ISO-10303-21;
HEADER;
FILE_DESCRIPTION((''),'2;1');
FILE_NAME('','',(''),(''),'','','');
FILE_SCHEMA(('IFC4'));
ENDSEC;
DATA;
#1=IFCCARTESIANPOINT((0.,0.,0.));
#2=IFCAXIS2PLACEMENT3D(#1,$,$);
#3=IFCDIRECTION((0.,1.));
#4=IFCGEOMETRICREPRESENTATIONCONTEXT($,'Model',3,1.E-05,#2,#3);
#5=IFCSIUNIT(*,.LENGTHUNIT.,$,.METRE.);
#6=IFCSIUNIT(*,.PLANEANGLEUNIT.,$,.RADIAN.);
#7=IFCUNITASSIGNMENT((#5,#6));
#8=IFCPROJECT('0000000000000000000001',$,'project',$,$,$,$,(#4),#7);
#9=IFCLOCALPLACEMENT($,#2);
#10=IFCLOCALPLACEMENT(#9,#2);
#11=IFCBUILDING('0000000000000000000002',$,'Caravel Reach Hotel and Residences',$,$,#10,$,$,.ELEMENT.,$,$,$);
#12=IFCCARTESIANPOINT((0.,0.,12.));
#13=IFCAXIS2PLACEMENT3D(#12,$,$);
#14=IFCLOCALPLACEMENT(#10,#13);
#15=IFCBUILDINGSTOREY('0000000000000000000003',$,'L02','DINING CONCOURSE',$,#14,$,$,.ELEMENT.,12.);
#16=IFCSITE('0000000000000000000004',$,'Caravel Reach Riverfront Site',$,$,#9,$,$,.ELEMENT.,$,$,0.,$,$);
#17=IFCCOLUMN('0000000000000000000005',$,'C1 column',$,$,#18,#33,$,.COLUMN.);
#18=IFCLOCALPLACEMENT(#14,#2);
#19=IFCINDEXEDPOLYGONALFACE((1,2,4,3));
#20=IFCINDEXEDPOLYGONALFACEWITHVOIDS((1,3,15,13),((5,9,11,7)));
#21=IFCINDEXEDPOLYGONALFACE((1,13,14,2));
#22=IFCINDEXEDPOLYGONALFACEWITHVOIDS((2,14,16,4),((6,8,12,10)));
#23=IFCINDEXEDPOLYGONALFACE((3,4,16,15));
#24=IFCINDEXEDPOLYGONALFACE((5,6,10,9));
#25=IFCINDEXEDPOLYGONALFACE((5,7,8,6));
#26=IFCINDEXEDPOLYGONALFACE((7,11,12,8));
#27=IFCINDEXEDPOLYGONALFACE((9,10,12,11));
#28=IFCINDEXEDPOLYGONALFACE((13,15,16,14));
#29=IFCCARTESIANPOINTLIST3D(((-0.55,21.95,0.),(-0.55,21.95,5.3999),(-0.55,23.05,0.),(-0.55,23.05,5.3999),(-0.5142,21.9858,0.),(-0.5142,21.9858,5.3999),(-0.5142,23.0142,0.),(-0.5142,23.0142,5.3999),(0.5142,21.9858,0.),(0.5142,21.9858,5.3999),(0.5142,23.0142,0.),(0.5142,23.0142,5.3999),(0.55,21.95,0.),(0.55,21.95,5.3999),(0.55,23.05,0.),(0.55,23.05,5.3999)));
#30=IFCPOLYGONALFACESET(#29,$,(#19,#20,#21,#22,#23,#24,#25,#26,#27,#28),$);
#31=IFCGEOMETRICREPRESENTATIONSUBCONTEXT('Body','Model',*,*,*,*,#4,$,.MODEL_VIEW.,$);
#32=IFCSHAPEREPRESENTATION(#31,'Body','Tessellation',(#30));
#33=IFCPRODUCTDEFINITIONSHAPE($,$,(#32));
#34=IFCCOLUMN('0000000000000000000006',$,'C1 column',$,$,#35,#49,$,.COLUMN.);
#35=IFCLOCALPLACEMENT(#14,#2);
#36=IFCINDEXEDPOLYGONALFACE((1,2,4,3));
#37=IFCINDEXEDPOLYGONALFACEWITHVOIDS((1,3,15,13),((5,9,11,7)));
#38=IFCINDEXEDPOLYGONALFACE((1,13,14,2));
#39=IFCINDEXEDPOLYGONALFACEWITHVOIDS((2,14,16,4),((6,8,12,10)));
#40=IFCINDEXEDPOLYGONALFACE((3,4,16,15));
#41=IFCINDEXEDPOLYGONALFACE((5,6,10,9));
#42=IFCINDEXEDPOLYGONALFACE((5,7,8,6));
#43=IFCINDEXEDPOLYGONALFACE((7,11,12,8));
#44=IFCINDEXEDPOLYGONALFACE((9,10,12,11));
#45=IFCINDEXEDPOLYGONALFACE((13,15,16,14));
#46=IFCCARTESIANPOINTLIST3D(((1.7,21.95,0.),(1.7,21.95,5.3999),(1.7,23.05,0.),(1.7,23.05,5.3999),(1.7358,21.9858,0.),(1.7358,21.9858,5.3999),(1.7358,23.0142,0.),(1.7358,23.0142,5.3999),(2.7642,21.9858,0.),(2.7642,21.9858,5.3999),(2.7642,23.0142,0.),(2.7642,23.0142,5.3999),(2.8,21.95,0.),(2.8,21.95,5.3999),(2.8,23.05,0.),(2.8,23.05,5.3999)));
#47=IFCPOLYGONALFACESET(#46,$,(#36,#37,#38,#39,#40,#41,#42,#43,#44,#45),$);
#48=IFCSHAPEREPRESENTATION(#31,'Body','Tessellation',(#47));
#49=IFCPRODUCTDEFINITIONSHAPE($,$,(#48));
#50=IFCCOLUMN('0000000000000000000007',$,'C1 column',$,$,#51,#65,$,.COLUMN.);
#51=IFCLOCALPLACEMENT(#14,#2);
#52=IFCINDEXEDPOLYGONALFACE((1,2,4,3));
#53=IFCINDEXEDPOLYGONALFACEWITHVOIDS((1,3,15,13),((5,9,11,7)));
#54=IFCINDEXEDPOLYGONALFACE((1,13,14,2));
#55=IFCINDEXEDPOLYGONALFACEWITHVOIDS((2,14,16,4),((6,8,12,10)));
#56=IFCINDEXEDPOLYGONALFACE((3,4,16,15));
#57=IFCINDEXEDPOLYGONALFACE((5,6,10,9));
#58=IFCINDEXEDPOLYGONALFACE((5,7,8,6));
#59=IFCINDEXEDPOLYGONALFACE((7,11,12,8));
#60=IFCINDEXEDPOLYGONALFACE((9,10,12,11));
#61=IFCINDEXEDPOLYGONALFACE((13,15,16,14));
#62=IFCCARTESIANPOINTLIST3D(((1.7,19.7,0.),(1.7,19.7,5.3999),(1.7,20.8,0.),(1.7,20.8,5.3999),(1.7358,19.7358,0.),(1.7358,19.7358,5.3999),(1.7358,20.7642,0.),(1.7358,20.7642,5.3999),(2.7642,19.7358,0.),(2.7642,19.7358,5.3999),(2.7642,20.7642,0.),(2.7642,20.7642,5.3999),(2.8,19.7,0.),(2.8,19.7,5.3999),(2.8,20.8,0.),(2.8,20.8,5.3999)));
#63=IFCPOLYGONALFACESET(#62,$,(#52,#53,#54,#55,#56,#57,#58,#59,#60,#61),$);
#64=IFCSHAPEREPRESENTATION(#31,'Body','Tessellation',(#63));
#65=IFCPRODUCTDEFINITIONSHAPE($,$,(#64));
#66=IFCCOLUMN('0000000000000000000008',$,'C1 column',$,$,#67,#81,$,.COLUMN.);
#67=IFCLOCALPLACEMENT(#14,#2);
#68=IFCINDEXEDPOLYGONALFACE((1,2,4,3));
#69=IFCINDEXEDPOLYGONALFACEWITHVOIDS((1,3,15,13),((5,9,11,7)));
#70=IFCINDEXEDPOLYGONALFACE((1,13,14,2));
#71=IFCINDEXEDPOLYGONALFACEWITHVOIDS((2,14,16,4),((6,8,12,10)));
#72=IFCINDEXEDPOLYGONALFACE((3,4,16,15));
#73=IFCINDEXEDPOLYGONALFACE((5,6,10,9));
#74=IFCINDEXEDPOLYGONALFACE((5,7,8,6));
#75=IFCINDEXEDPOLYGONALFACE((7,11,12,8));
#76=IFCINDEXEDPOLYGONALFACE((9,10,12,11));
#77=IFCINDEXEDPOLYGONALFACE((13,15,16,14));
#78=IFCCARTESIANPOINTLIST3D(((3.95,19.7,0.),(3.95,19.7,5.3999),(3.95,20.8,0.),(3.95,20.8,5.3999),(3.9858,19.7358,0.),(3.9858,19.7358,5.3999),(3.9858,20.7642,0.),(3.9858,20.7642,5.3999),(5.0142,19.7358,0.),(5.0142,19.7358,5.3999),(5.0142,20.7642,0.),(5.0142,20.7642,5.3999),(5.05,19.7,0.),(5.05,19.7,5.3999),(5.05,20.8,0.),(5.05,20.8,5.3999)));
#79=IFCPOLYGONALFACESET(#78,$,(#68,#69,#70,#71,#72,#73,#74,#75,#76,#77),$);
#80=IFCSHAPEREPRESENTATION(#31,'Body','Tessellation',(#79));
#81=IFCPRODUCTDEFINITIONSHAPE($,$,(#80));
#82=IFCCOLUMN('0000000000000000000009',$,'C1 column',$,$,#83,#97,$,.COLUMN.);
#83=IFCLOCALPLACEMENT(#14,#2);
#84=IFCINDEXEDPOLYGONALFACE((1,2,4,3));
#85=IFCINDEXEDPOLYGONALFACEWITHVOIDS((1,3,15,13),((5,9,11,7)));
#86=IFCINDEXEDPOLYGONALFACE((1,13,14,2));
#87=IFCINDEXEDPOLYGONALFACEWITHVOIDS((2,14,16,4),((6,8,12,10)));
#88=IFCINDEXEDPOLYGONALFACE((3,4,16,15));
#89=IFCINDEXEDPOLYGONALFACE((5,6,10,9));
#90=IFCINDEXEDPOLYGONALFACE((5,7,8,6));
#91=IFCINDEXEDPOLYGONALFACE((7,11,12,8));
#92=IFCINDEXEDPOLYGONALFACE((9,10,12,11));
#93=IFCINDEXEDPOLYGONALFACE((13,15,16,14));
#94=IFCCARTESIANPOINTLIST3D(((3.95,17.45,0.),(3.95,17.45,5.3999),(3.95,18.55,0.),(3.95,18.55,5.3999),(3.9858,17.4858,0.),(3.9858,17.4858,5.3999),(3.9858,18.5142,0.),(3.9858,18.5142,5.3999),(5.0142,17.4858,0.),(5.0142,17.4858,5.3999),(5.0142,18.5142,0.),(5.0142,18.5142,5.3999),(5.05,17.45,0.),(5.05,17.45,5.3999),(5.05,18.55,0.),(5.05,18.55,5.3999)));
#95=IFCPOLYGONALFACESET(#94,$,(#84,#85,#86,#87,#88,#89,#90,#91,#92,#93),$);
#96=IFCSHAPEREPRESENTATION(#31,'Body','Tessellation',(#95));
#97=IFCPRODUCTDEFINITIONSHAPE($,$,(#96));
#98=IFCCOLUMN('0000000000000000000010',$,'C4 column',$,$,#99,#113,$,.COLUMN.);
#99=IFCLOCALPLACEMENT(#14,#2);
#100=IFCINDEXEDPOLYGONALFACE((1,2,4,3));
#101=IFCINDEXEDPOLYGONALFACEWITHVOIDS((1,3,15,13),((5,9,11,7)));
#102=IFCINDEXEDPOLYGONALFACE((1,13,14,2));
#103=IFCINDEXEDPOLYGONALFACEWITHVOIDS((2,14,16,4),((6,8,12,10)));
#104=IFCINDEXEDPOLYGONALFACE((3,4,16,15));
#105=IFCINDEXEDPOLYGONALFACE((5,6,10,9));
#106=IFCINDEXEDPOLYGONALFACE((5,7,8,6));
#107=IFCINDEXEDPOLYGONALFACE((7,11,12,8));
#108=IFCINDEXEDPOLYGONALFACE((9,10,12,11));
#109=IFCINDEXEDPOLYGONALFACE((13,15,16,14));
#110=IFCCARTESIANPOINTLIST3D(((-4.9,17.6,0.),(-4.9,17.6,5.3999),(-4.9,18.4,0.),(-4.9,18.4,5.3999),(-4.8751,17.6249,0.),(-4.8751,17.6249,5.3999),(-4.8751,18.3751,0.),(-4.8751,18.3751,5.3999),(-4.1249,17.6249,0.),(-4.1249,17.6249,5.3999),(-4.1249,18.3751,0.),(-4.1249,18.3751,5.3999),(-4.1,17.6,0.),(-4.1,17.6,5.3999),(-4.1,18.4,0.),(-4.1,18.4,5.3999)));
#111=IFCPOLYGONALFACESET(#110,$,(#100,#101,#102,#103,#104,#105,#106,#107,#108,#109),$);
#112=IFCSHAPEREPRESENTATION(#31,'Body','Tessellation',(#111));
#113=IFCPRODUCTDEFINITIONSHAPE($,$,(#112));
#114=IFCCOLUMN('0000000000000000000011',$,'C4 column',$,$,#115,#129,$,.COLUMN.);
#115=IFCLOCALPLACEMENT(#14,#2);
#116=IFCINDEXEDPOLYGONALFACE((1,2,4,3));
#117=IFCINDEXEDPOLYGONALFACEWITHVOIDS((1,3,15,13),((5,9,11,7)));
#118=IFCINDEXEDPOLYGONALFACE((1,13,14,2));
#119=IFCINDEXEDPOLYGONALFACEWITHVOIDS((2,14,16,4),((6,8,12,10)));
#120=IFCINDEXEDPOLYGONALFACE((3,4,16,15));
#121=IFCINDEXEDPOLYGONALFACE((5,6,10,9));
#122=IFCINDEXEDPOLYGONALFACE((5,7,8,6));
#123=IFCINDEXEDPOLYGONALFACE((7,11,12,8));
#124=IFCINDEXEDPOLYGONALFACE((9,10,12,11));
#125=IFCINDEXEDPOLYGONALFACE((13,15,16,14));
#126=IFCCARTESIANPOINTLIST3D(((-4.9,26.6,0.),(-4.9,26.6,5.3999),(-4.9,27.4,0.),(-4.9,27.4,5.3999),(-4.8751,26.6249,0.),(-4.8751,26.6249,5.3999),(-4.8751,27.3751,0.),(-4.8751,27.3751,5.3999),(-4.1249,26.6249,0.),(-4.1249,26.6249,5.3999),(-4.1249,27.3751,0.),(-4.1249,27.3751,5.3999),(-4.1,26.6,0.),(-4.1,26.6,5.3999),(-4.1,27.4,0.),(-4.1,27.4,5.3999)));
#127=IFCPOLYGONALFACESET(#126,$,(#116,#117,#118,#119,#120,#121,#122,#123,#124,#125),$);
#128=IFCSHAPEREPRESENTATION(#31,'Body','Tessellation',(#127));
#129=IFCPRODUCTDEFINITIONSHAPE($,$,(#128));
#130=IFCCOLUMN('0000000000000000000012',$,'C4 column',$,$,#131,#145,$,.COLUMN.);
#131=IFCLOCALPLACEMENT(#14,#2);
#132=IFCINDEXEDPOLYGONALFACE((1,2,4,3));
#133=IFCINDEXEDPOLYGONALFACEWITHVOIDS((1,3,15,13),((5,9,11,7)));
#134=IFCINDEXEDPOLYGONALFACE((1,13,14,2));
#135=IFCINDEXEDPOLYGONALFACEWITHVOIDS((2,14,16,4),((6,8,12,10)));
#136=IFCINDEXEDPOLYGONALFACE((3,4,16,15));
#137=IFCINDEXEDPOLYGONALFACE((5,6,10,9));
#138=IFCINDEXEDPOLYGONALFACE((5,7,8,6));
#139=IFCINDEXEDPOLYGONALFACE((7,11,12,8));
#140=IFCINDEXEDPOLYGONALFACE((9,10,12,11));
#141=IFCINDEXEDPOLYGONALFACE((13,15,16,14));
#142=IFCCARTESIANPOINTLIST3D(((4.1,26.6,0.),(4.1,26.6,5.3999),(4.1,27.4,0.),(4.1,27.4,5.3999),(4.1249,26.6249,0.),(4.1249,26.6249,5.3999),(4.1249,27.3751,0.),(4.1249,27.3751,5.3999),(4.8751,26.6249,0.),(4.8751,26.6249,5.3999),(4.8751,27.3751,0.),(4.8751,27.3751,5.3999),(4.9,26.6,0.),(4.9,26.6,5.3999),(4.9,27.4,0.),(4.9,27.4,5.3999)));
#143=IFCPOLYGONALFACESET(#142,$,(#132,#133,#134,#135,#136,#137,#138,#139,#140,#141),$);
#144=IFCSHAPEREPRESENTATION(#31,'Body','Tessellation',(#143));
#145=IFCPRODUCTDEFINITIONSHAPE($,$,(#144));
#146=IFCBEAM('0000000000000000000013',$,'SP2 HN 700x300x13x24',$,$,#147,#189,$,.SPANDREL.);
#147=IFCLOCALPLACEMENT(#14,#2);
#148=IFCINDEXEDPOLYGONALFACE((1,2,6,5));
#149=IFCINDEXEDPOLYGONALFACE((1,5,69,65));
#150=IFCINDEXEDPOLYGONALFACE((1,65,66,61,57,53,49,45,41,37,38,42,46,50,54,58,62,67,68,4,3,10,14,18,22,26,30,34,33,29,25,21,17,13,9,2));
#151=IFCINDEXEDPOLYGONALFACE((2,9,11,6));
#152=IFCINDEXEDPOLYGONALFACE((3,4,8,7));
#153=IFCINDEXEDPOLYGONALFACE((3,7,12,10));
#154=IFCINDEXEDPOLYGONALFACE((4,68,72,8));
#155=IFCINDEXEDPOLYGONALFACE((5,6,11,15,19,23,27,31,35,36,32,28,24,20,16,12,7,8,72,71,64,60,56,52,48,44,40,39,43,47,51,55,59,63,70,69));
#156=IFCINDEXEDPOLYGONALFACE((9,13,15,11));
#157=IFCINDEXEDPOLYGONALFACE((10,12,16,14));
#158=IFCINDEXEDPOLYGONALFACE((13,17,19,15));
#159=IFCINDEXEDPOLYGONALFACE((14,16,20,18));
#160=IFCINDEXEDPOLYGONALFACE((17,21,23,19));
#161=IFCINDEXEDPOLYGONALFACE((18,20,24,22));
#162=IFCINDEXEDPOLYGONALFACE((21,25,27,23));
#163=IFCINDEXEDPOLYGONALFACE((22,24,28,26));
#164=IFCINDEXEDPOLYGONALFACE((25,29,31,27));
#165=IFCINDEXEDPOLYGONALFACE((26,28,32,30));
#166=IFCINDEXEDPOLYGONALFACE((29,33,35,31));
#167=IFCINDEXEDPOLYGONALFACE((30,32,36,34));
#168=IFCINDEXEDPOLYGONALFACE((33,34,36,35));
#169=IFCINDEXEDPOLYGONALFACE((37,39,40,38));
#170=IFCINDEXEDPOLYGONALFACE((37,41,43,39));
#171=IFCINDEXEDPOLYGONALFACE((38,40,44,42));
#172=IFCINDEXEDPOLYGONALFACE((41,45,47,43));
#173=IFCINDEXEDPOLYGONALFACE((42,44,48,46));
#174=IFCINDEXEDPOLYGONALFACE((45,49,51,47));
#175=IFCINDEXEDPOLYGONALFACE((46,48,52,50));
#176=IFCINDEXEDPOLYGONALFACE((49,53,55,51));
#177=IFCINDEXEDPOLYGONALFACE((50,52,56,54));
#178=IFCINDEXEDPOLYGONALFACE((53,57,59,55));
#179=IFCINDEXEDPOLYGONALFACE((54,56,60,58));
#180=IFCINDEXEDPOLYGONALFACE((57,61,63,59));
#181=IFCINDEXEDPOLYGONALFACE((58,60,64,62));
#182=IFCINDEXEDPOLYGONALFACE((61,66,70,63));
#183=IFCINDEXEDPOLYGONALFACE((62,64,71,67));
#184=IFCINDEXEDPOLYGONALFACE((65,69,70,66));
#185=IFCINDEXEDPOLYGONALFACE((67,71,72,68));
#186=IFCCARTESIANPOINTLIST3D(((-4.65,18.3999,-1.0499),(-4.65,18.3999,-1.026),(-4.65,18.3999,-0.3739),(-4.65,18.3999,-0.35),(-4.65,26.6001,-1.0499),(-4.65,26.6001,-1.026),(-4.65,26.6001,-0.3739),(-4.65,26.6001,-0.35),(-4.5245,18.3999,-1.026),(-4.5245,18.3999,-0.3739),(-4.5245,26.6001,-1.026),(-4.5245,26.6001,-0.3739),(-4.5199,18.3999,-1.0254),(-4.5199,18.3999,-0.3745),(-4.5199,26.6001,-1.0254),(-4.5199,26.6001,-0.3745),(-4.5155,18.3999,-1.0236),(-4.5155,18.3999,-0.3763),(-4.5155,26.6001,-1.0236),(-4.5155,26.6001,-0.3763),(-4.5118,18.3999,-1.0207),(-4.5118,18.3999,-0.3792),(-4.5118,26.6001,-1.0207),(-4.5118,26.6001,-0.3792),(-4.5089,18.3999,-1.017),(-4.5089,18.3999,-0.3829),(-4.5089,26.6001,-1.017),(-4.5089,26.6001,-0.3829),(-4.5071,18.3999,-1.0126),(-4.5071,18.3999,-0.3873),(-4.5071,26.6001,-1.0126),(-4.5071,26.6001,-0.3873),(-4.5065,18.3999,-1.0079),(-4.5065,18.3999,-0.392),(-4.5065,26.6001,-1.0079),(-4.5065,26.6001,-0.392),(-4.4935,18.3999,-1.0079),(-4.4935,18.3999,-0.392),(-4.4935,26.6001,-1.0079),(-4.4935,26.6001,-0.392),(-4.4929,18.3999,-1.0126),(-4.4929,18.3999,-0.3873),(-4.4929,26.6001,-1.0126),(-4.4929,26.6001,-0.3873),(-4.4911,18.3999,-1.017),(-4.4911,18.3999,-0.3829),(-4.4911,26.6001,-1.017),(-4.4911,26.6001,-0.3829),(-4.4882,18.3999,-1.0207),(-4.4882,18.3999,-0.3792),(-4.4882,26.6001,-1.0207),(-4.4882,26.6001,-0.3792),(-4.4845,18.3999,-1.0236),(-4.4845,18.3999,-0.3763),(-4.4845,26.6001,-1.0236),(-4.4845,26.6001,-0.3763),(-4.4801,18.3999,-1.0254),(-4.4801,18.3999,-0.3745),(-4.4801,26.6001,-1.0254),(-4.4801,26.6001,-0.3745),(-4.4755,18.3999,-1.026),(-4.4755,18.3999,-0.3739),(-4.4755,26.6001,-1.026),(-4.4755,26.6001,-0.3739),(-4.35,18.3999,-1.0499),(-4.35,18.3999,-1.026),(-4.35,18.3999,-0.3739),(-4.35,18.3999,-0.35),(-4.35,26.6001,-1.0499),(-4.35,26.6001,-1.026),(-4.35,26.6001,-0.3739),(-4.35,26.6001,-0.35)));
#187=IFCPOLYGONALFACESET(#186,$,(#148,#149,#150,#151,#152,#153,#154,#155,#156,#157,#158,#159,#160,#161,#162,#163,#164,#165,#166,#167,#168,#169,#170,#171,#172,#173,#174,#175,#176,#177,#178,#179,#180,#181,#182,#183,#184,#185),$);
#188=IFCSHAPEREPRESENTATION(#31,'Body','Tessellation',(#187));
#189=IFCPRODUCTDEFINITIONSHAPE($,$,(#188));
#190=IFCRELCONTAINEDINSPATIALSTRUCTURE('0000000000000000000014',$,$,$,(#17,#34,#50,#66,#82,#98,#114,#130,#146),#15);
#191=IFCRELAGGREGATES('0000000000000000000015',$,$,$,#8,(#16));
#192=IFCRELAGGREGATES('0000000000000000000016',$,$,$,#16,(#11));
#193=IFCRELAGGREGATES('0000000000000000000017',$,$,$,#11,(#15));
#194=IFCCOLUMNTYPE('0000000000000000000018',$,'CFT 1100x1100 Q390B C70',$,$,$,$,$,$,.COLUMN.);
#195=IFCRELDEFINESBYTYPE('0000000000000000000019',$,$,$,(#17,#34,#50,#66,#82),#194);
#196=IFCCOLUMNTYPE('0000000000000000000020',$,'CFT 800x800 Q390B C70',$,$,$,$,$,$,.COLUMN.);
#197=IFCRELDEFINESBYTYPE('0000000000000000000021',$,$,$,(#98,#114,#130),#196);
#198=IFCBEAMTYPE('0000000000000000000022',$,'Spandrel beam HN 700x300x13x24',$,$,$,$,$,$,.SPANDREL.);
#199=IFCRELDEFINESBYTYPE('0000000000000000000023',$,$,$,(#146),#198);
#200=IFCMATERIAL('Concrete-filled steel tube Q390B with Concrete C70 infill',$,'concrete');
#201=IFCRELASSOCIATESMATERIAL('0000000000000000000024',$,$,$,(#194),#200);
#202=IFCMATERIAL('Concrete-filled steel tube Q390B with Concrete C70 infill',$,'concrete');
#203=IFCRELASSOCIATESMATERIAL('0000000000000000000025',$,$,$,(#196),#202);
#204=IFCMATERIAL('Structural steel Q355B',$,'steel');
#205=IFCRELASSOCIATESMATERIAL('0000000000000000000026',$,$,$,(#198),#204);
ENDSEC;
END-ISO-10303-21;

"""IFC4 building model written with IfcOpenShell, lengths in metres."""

from ifc_helpers import new_model, si_unit, direction, frame, origin, origin_2d, place, context, subcontext, project, spatial, hollow_rectangle, i_section, extrude, material, material_profile, profile_set, type_object, element, save


model = new_model("IFC4")

# Units and contexts
model_context = context("Model", 3, precision=1e-05, world=origin(), true_north=direction((0.0, 1.0)))
body_context = subcontext(model_context, "Body", "Model", "MODEL_VIEW")
ifc_project = project(units=[si_unit("LENGTHUNIT", "METRE"), si_unit("PLANEANGLEUNIT", "RADIAN")], contexts=[model_context])

# Site, building, storey
site_placement = place(None, origin())
site = spatial("IfcSite", under=ifc_project, at=site_placement, Name="Caravel Reach Riverfront Site", CompositionType="ELEMENT", RefElevation=0.0)
building_placement = place(site_placement, origin())
building = spatial("IfcBuilding", under=site, at=building_placement, Name="Caravel Reach Hotel and Residences", CompositionType="ELEMENT")
storey_placement = place(building_placement, frame((0.0, 0.0, 12.0)))
storey = spatial("IfcBuildingStorey", under=building, at=storey_placement, Name="L02", Description="DINING CONCOURSE", CompositionType="ELEMENT", Elevation=12.0)

# Columns
ifc_material_1 = material(Name="Concrete-filled steel tube Q390B with Concrete C70 infill", Category="concrete")
ifc_material_profile_1 = material_profile(ifc_material_1, hollow_rectangle(XDim=1.1001, YDim=1.1001, WallThickness=0.0359, at=origin_2d()), Name="RHS 1100x1100x36")
ifc_profile_set_1 = profile_set([ifc_material_profile_1], Name="Concrete-filled steel tube Q390B with Concrete C70 infill")
column_type_1 = type_object("IfcColumnType", Name="CFT 1100x1100 Q390B C70", PredefinedType="COLUMN", material=ifc_profile_set_1)
for number, where, z_axis, x_axis, name in (
    (1, (0.0, 22.5, 0.0), (0.0, 0.0, 1.0), (1.0, 0.0, 0.0), "C1 column"),
    (2, (2.25, 22.5, 0.0), (0.0, 0.0, 1.0), (1.0, 0.0, 0.0), "C1 column"),
    (3, (2.25, 20.25, 0.0), (0.0, 0.0, 1.0), (1.0, 0.0, 0.0), "C1 column"),
    (4, (4.5, 20.25, 0.0), (0.0, 0.0, 1.0), (1.0, 0.0, 0.0), "C1 column"),
    (5, (4.5, 18.0, 0.0), (0.0, 0.0, 1.0), (1.0, 0.0, 0.0), "C1 column"),
):
    element("IfcColumn", number, at=place(storey_placement, frame(where, z_axis=z_axis, x_axis=x_axis)), inside=storey, type_object=column_type_1, Name=name, PredefinedType="COLUMN", context=body_context, shape_type="SweptSolid", body=[
        extrude(hollow_rectangle(XDim=1.1001, YDim=1.1001, WallThickness=0.0359, at=origin_2d()), origin(), (0.0, 0.0, 1.0), 5.3999),
    ])
ifc_material_2 = material(Name="Concrete-filled steel tube Q390B with Concrete C70 infill", Category="concrete")
ifc_material_profile_2 = material_profile(ifc_material_2, hollow_rectangle(XDim=0.8, YDim=0.8, WallThickness=0.0249, at=origin_2d()), Name="RHS 800x800x25")
ifc_profile_set_2 = profile_set([ifc_material_profile_2], Name="Concrete-filled steel tube Q390B with Concrete C70 infill")
column_type_2 = type_object("IfcColumnType", Name="CFT 800x800 Q390B C70", PredefinedType="COLUMN", material=ifc_profile_set_2)
for number, where, z_axis, x_axis, name in (
    (6, (-4.5, 18.0, 0.0), (0.0, 0.0, 1.0), (1.0, 0.0, 0.0), "C4 column"),
    (7, (-4.5, 27.0, 0.0), (0.0, 0.0, 1.0), (1.0, 0.0, 0.0), "C4 column"),
    (8, (4.5, 27.0, 0.0), (0.0, 0.0, 1.0), (1.0, 0.0, 0.0), "C4 column"),
):
    element("IfcColumn", number, at=place(storey_placement, frame(where, z_axis=z_axis, x_axis=x_axis)), inside=storey, type_object=column_type_2, Name=name, PredefinedType="COLUMN", context=body_context, shape_type="SweptSolid", body=[
        extrude(hollow_rectangle(XDim=0.8, YDim=0.8, WallThickness=0.0249, at=origin_2d()), origin(), (0.0, 0.0, 1.0), 5.3999),
    ])

# Beam
ifc_material_3 = material(Name="Structural steel Q355B", Category="steel")
ifc_material_profile_3 = material_profile(ifc_material_3, i_section(OverallWidth=0.3, OverallDepth=0.7, WebThickness=0.0129, FlangeThickness=0.0239, FilletRadius=0.0181, at=origin_2d()), Name="HN 700x300x13x24")
ifc_profile_set_3 = profile_set([ifc_material_profile_3], Name="Structural steel Q355B")
beam_type = type_object("IfcBeamType", Name="Spandrel beam HN 700x300x13x24", PredefinedType="SPANDREL", material=ifc_profile_set_3)
for number, where, z_axis, x_axis, name in (
    (9, (-4.5, 26.6001, -0.7), (0.0, -1.0, 0.0), (1.0, 0.0, 0.0), "SP2 HN 700x300x13x24"),
):
    element("IfcBeam", number, at=place(storey_placement, frame(where, z_axis=z_axis, x_axis=x_axis)), inside=storey, type_object=beam_type, Name=name, PredefinedType="SPANDREL", context=body_context, shape_type="SweptSolid", body=[
        extrude(i_section(OverallWidth=0.3, OverallDepth=0.7, WebThickness=0.0129, FlangeThickness=0.0239, FilletRadius=0.0181, at=origin_2d()), origin(), (0.0, 0.0, 1.0), 8.2002),
    ])

save(model, "model.ifc")
